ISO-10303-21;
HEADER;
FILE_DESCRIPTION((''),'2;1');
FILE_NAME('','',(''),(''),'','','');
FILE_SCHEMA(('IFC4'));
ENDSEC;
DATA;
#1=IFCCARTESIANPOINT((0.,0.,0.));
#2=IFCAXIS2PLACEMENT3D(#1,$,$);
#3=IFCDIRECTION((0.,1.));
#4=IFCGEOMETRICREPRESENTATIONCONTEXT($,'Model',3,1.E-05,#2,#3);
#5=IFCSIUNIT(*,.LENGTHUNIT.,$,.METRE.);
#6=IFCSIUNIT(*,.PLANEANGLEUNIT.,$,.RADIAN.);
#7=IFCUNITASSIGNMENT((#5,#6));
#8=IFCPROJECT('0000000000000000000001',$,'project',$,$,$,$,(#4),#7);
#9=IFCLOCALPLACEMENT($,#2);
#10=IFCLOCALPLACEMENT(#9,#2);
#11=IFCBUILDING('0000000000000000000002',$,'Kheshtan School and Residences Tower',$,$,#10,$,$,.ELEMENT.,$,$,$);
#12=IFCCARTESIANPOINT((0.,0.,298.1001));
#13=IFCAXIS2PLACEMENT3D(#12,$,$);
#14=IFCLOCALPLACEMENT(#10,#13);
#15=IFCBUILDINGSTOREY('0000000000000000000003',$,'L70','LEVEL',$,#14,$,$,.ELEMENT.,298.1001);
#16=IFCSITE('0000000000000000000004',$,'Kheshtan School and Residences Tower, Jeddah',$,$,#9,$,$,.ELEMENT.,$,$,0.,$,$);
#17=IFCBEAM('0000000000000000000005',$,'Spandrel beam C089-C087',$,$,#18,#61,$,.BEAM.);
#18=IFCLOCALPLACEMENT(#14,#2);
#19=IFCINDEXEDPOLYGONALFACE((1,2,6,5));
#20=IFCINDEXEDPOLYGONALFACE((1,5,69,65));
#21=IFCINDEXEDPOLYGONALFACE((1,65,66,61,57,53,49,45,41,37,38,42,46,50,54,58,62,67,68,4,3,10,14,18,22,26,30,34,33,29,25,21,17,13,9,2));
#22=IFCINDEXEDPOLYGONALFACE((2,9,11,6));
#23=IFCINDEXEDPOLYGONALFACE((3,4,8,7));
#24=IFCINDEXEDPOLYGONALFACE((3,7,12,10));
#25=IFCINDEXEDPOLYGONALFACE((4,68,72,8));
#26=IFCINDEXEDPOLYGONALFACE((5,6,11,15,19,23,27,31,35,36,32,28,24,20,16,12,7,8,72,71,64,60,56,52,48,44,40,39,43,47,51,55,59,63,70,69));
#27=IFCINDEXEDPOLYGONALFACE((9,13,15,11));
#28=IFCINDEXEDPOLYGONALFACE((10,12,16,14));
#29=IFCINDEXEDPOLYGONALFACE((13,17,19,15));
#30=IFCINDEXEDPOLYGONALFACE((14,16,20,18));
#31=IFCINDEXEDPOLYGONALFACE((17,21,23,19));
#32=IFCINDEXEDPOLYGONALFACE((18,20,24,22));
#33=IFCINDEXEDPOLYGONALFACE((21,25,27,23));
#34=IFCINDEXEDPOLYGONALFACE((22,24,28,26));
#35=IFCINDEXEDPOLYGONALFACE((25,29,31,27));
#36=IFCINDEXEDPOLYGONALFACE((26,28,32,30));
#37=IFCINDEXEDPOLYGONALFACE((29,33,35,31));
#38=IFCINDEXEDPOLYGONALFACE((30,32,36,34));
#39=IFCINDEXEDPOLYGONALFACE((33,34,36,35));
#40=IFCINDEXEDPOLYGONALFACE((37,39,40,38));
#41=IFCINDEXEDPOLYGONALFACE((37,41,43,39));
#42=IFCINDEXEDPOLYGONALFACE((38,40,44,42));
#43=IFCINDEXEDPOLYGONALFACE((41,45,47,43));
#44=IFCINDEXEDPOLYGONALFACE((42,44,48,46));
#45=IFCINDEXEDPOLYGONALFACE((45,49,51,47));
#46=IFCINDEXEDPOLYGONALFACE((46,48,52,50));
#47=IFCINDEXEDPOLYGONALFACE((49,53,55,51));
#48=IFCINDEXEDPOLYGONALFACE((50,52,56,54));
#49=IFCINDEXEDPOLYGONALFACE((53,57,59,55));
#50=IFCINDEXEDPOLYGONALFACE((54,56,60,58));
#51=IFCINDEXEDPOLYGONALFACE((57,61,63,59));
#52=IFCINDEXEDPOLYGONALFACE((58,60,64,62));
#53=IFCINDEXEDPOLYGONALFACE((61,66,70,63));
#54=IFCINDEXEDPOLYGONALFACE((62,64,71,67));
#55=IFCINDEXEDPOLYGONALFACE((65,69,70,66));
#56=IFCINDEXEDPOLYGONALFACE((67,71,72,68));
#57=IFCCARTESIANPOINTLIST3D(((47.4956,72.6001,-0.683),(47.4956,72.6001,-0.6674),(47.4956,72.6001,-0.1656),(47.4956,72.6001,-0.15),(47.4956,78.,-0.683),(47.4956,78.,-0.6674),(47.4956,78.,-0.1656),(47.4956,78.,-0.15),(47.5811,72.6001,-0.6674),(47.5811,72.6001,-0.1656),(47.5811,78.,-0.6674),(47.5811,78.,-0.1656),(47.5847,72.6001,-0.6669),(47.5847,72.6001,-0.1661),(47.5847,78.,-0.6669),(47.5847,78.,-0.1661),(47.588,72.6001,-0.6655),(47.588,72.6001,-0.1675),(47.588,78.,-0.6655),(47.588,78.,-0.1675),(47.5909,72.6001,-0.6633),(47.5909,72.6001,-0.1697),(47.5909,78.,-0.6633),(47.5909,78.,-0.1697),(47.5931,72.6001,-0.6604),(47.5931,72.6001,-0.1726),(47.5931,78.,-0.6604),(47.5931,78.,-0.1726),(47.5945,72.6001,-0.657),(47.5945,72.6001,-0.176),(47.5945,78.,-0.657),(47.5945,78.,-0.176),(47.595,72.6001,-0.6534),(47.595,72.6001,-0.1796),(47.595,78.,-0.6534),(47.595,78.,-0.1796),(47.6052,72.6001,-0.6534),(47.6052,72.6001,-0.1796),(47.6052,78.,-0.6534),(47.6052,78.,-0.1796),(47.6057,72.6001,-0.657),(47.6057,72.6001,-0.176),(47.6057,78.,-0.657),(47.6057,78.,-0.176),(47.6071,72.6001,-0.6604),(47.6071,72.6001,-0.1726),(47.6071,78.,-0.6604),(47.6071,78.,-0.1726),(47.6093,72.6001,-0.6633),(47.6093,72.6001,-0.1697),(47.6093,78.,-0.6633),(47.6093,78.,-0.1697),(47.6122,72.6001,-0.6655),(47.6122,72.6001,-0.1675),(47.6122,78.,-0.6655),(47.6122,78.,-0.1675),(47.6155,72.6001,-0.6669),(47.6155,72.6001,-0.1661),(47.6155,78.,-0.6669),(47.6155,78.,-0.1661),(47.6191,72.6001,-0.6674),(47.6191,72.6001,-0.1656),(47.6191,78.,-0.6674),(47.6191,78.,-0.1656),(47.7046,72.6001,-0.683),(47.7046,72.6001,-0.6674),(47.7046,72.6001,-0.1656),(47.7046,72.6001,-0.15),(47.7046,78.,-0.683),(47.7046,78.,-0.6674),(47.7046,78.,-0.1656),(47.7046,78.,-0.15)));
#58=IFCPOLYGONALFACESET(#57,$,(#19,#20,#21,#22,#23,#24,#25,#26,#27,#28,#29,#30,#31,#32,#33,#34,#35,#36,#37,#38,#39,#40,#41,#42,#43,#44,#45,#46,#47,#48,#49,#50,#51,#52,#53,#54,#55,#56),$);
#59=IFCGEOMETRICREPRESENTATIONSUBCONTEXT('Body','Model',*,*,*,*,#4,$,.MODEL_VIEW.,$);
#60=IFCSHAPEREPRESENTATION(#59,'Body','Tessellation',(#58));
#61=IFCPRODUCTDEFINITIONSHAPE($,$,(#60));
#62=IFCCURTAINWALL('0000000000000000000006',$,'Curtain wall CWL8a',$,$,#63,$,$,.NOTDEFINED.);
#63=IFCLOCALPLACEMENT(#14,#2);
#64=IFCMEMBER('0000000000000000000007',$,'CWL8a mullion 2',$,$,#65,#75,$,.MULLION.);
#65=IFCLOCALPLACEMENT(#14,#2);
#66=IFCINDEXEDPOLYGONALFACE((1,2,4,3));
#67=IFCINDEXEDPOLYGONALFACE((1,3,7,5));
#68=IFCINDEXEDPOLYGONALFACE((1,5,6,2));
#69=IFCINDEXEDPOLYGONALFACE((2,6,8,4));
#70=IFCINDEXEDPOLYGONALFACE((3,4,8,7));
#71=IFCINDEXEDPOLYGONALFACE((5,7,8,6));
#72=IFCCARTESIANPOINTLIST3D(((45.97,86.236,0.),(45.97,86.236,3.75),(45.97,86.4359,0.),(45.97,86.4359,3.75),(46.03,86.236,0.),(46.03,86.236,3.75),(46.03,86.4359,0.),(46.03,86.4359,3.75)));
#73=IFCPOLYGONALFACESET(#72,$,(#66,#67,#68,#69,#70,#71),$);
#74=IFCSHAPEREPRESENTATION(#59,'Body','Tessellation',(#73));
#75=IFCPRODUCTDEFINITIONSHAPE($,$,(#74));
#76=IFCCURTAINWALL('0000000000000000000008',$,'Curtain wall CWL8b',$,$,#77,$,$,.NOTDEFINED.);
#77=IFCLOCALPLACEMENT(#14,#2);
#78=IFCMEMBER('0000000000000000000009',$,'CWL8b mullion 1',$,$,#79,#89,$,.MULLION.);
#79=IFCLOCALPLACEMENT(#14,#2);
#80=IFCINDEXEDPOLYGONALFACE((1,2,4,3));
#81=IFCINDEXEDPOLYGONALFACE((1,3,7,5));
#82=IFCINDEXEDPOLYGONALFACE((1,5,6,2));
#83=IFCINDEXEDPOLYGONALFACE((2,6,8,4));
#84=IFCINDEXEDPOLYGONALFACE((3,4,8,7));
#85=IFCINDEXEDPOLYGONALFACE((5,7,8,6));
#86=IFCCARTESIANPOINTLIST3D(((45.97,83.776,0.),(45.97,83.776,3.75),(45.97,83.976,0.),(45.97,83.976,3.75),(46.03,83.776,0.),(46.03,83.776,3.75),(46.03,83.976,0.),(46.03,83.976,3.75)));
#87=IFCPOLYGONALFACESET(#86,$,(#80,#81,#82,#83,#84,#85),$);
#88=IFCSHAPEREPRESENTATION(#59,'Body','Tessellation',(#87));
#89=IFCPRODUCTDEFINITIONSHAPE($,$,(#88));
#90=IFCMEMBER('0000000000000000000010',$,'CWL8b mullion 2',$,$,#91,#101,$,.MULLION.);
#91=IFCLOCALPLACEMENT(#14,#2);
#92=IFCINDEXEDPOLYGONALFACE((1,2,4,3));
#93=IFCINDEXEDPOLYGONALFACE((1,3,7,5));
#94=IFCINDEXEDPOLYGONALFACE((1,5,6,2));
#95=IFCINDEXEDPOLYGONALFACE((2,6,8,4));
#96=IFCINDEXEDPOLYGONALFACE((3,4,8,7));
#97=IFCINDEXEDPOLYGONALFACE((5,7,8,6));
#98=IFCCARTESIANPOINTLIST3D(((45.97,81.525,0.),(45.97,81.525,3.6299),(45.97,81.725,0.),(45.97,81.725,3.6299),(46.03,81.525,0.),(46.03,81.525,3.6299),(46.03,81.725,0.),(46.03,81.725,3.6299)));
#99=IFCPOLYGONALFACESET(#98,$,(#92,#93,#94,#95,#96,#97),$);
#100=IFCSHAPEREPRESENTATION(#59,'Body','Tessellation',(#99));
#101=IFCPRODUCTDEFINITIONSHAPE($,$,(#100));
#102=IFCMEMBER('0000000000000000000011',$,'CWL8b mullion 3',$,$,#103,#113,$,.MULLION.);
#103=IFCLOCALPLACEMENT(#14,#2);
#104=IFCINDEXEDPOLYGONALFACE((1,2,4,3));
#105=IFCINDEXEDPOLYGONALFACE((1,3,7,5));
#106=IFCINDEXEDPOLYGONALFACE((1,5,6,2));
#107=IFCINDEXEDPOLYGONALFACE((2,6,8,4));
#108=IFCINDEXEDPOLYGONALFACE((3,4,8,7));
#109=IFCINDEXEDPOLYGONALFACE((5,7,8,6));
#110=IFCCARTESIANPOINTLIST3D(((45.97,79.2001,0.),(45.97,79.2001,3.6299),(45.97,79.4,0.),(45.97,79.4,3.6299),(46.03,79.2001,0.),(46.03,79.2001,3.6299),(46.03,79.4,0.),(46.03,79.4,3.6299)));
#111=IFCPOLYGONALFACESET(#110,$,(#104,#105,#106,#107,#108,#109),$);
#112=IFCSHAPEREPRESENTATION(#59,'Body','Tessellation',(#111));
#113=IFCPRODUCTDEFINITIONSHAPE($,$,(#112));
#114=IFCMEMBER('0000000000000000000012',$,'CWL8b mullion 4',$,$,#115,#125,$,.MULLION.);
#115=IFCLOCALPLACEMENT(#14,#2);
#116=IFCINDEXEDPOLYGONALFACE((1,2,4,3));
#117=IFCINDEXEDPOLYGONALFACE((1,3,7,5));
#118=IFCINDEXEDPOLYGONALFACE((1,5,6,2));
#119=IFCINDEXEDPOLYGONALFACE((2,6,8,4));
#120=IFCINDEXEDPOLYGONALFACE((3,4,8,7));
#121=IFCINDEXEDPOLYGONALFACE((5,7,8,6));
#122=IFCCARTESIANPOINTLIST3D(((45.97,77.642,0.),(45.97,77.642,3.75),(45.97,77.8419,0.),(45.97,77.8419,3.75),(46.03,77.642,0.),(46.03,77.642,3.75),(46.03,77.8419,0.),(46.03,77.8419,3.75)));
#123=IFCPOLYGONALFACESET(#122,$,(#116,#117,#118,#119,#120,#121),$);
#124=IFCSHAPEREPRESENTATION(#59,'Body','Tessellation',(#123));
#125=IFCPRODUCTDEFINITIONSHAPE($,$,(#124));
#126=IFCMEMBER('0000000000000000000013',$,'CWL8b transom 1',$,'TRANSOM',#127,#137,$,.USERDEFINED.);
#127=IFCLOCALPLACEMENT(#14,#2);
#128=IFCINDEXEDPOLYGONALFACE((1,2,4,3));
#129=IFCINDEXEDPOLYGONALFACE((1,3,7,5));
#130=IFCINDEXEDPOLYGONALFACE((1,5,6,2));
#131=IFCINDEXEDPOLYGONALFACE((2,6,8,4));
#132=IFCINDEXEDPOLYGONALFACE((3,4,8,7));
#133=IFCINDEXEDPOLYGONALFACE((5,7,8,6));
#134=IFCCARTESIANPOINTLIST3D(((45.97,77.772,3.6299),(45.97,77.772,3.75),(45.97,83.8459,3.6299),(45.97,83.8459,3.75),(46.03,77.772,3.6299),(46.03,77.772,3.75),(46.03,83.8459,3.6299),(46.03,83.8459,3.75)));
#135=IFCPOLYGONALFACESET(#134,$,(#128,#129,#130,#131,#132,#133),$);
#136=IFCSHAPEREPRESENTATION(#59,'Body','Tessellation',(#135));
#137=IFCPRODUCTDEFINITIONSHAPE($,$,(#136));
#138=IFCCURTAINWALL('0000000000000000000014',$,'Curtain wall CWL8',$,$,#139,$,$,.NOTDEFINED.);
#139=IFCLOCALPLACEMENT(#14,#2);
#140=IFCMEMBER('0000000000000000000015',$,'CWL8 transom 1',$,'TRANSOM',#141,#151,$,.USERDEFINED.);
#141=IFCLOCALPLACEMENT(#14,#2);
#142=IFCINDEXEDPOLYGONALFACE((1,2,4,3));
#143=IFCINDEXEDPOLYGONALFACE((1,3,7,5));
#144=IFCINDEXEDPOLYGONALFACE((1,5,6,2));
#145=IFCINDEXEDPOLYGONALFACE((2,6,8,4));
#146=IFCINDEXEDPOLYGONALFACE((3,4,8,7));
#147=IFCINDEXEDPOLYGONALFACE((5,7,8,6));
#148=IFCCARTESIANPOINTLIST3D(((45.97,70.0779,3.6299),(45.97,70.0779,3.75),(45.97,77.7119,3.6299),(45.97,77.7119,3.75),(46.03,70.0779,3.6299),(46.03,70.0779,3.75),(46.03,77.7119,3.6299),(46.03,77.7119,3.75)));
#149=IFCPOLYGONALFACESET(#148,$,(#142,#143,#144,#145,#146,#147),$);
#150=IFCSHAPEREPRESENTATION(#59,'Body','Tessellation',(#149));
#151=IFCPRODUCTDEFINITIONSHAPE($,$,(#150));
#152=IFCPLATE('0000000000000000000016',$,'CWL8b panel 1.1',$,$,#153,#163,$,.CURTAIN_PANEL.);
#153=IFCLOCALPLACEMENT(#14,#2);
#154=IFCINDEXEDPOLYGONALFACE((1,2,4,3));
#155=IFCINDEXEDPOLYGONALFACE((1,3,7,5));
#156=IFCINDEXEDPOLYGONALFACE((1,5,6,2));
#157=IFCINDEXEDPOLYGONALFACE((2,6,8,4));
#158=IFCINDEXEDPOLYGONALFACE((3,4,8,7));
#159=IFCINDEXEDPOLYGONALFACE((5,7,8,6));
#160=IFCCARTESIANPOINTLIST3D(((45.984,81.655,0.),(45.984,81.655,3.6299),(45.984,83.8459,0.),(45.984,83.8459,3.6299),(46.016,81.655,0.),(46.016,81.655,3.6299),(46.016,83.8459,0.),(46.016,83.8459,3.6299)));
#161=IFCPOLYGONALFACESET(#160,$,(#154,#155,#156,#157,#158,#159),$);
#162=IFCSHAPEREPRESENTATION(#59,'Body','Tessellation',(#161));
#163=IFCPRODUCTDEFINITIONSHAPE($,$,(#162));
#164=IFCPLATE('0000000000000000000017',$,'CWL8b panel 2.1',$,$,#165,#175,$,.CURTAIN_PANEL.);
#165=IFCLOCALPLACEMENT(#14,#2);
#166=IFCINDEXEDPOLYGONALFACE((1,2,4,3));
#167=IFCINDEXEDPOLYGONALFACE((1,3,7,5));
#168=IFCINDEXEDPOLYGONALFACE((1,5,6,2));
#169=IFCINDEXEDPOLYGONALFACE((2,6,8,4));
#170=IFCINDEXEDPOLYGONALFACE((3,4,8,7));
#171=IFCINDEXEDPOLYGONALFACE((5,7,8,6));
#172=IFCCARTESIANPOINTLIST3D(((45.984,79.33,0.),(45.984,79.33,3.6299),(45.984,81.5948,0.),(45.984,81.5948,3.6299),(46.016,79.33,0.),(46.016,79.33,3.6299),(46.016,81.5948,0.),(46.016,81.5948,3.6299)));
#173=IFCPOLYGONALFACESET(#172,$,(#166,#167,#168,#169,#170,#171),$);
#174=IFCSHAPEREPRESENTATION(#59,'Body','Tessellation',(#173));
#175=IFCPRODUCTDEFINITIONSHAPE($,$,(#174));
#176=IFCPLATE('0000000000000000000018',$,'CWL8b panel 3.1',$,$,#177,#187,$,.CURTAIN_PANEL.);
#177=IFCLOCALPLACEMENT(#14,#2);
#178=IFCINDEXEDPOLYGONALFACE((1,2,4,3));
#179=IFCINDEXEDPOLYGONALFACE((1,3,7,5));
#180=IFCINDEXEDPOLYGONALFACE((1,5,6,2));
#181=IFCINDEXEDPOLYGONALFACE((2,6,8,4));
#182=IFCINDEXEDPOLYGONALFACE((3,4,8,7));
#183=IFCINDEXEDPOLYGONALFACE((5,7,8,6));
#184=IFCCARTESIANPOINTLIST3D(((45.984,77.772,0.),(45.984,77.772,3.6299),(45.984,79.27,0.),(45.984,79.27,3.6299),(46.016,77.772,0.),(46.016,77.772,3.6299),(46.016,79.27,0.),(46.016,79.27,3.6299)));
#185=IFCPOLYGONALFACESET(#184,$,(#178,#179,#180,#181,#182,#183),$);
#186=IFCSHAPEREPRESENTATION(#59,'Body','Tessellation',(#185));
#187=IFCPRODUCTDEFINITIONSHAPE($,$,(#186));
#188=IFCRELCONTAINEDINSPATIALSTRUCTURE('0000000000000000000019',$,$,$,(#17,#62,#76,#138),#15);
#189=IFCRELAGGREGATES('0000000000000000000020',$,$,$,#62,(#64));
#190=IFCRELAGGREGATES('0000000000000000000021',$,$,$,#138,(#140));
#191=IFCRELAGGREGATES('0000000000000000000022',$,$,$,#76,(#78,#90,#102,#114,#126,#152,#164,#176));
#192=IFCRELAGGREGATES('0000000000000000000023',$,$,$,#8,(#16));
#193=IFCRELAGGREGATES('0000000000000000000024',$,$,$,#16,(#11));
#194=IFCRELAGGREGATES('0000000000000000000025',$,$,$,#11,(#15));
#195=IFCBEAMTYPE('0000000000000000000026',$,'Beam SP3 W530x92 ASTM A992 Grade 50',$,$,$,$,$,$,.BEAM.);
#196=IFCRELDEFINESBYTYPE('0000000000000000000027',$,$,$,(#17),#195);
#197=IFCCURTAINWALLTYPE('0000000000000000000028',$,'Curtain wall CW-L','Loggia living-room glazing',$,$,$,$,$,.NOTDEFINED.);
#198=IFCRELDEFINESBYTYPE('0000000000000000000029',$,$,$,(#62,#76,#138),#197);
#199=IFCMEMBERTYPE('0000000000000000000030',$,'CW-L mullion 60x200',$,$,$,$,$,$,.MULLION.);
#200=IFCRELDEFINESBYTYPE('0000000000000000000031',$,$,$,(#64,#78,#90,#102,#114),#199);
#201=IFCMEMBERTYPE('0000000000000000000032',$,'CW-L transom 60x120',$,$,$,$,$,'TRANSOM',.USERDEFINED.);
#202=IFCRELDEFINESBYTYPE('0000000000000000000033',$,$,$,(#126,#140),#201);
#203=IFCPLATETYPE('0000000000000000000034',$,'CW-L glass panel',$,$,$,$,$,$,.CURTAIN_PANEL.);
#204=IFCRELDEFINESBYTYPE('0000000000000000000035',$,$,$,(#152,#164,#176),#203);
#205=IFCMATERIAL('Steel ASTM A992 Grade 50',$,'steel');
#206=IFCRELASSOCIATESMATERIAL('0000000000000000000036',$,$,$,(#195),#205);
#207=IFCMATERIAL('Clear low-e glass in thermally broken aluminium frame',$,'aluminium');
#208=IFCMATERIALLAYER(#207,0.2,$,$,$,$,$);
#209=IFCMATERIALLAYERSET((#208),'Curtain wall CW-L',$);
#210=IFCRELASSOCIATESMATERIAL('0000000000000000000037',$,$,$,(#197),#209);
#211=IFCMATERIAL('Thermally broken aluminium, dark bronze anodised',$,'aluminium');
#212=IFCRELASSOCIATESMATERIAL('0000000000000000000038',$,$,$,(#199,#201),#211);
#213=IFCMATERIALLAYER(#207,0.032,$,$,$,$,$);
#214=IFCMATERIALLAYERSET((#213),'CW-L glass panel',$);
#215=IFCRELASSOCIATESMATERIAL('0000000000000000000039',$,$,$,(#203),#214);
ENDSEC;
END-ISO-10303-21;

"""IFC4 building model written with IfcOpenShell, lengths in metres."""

from ifc_helpers import new_model, si_unit, direction, frame, origin, origin_2d, place, context, subcontext, project, spatial, rectangle, i_section, extrude, material, layer, layer_set, material_profile, profile_set, type_object, element, aggregate, save


model = new_model("IFC4")

# Units and contexts
model_context = context("Model", 3, precision=1e-05, world=origin(), true_north=direction((0.0, 1.0)))
body_context = subcontext(model_context, "Body", "Model", "MODEL_VIEW")
ifc_project = project(units=[si_unit("LENGTHUNIT", "METRE"), si_unit("PLANEANGLEUNIT", "RADIAN")], contexts=[model_context])

# Site, building, storey
site_placement = place(None, origin())
site = spatial("IfcSite", under=ifc_project, at=site_placement, Name="Kheshtan School and Residences Tower, Jeddah", CompositionType="ELEMENT", RefElevation=0.0)
building_placement = place(site_placement, origin())
building = spatial("IfcBuilding", under=site, at=building_placement, Name="Kheshtan School and Residences Tower", CompositionType="ELEMENT")
storey_placement = place(building_placement, frame((0.0, 0.0, 298.1001)))
storey = spatial("IfcBuildingStorey", under=building, at=storey_placement, Name="L70", Description="LEVEL", CompositionType="ELEMENT", Elevation=298.1001)

# Shared definitions
ifc_material_1 = material(Name="Steel ASTM A992 Grade 50", Category="steel")

# Beam
ifc_material_profile_1 = material_profile(ifc_material_1, i_section(OverallWidth=0.209, OverallDepth=0.533, WebThickness=0.0103, FlangeThickness=0.0156, FilletRadius=0.0139, at=origin_2d()), Name="W530x92")
ifc_profile_set_1 = profile_set([ifc_material_profile_1], Name="Steel ASTM A992 Grade 50")
beam_type_1 = type_object("IfcBeamType", Name="Beam SP3 W530x92 ASTM A992 Grade 50", PredefinedType="BEAM", material=ifc_profile_set_1)
for number, where, z_axis, x_axis, name in (
    (1, (47.6001, 78.0, -0.4165), (0.0, -1.0, 0.0), (1.0, 0.0, 0.0), "Spandrel beam C089-C087"),
):
    element("IfcBeam", number, at=place(storey_placement, frame(where, z_axis=z_axis, x_axis=x_axis)), inside=storey, type_object=beam_type_1, Name=name, PredefinedType="BEAM", context=body_context, shape_type="SweptSolid", body=[
        extrude(i_section(OverallWidth=0.209, OverallDepth=0.533, WebThickness=0.0103, FlangeThickness=0.0156, FilletRadius=0.0139, at=origin_2d()), origin(), (0.0, 0.0, 1.0), 5.3999),
    ])

# Curtain wall, member
ifc_material_2 = material(Name="Clear low-e glass in thermally broken aluminium frame", Category="aluminium")
ifc_layer_1 = layer(ifc_material_2, 0.2)
ifc_layer_set_1 = layer_set([ifc_layer_1], Name="Curtain wall CW-L")
curtain_wall_type = type_object("IfcCurtainWallType", Name="Curtain wall CW-L", Description="Loggia living-room glazing", PredefinedType="NOTDEFINED", material=ifc_layer_set_1)
curtain_wall_1_placement = place(storey_placement, origin())
curtain_wall_1 = element("IfcCurtainWall", 2, at=curtain_wall_1_placement, inside=storey, type_object=curtain_wall_type, Name="Curtain wall CWL8a", PredefinedType="NOTDEFINED")
ifc_material_3 = material(Name="Thermally broken aluminium, dark bronze anodised", Category="aluminium")
ifc_material_profile_2 = material_profile(ifc_material_3, rectangle(XDim=0.0601, YDim=0.2, at=origin_2d()), Name="CW-L mullion 60x200")
ifc_profile_set_2 = profile_set([ifc_material_profile_2], Name="Thermally broken aluminium, dark bronze anodised")
member_type_1 = type_object("IfcMemberType", Name="CW-L mullion 60x200", PredefinedType="MULLION", material=ifc_profile_set_2)
member_1_placement = place(storey_placement, frame((46.0, 86.3359, 0.0), z_axis=(0.0, 0.0, 1.0), x_axis=(1.0, 0.0, 0.0)))
member_1 = element("IfcMember", 3, at=member_1_placement, type_object=member_type_1, Name="CWL8a mullion 2", PredefinedType="MULLION", context=body_context, shape_type="SweptSolid", body=[
    extrude(rectangle(XDim=0.0601, YDim=0.2, at=origin_2d()), origin(), (0.0, 0.0, 1.0), 3.75),
])
aggregate(curtain_wall_1, [member_1])

# Curtain wall, members
curtain_wall_2_placement = place(storey_placement, origin())
curtain_wall_2 = element("IfcCurtainWall", 4, at=curtain_wall_2_placement, inside=storey, type_object=curtain_wall_type, Name="Curtain wall CWL8b", PredefinedType="NOTDEFINED")
member_2_placement = place(storey_placement, frame((46.0, 83.876, 0.0), z_axis=(0.0, 0.0, 1.0), x_axis=(1.0, 0.0, 0.0)))
member_2 = element("IfcMember", 5, at=member_2_placement, type_object=member_type_1, Name="CWL8b mullion 1", PredefinedType="MULLION", context=body_context, shape_type="SweptSolid", body=[
    extrude(rectangle(XDim=0.0601, YDim=0.2, at=origin_2d()), origin(), (0.0, 0.0, 1.0), 3.75),
])
member_3_placement = place(storey_placement, frame((46.0, 81.625, 0.0), z_axis=(0.0, 0.0, 1.0), x_axis=(1.0, 0.0, 0.0)))
member_3 = element("IfcMember", 6, at=member_3_placement, type_object=member_type_1, Name="CWL8b mullion 2", PredefinedType="MULLION", context=body_context, shape_type="SweptSolid", body=[
    extrude(rectangle(XDim=0.0601, YDim=0.2, at=origin_2d()), origin(), (0.0, 0.0, 1.0), 3.6299),
])
member_4_placement = place(storey_placement, frame((46.0, 79.3, 0.0), z_axis=(0.0, 0.0, 1.0), x_axis=(1.0, 0.0, 0.0)))
member_4 = element("IfcMember", 7, at=member_4_placement, type_object=member_type_1, Name="CWL8b mullion 3", PredefinedType="MULLION", context=body_context, shape_type="SweptSolid", body=[
    extrude(rectangle(XDim=0.0601, YDim=0.2, at=origin_2d()), origin(), (0.0, 0.0, 1.0), 3.6299),
])
member_5_placement = place(storey_placement, frame((46.0, 77.7419, 0.0), z_axis=(0.0, 0.0, 1.0), x_axis=(1.0, 0.0, 0.0)))
member_5 = element("IfcMember", 8, at=member_5_placement, type_object=member_type_1, Name="CWL8b mullion 4", PredefinedType="MULLION", context=body_context, shape_type="SweptSolid", body=[
    extrude(rectangle(XDim=0.0601, YDim=0.2, at=origin_2d()), origin(), (0.0, 0.0, 1.0), 3.75),
])
ifc_material_profile_3 = material_profile(ifc_material_3, rectangle(XDim=0.0601, YDim=0.1201, at=origin_2d()), Name="CW-L transom 60x120")
ifc_profile_set_3 = profile_set([ifc_material_profile_3], Name="Thermally broken aluminium, dark bronze anodised")
member_type_2 = type_object("IfcMemberType", Name="CW-L transom 60x120", ElementType="TRANSOM", PredefinedType="USERDEFINED", material=ifc_profile_set_3)
member_6_placement = place(storey_placement, frame((46.0, 83.8459, 3.6899), z_axis=(0.0, -1.0, 0.0), x_axis=(1.0, 0.0, 0.0)))
member_6 = element("IfcMember", 9, at=member_6_placement, type_object=member_type_2, Name="CWL8b transom 1", ObjectType="TRANSOM", PredefinedType="USERDEFINED", context=body_context, shape_type="SweptSolid", body=[
    extrude(rectangle(XDim=0.0601, YDim=0.1201, at=origin_2d()), origin(), (0.0, 0.0, 1.0), 6.074),
])

# Curtain wall, member
curtain_wall_3_placement = place(storey_placement, origin())
curtain_wall_3 = element("IfcCurtainWall", 10, at=curtain_wall_3_placement, inside=storey, type_object=curtain_wall_type, Name="Curtain wall CWL8", PredefinedType="NOTDEFINED")
member_7_placement = place(storey_placement, frame((46.0, 77.7119, 3.6899), z_axis=(0.0, -1.0, 0.0), x_axis=(1.0, 0.0, 0.0)))
member_7 = element("IfcMember", 11, at=member_7_placement, type_object=member_type_2, Name="CWL8 transom 1", ObjectType="TRANSOM", PredefinedType="USERDEFINED", context=body_context, shape_type="SweptSolid", body=[
    extrude(rectangle(XDim=0.0601, YDim=0.1201, at=origin_2d()), origin(), (0.0, 0.0, 1.0), 7.634),
])
aggregate(curtain_wall_3, [member_7])

# Plates
ifc_layer_2 = layer(ifc_material_2, 0.032)
ifc_layer_set_2 = layer_set([ifc_layer_2], Name="CW-L glass panel")
plate_type = type_object("IfcPlateType", Name="CW-L glass panel", PredefinedType="CURTAIN_PANEL", material=ifc_layer_set_2)
plate_1_placement = place(storey_placement, frame((46.0, 82.7505, 0.0), z_axis=(0.0, 0.0, 1.0), x_axis=(0.0, -1.0, 0.0)))
plate_1 = element("IfcPlate", 12, at=plate_1_placement, type_object=plate_type, Name="CWL8b panel 1.1", PredefinedType="CURTAIN_PANEL", context=body_context, shape_type="SweptSolid", body=[
    extrude(rectangle(XDim=2.1909, YDim=0.032, at=origin_2d()), origin(), (0.0, 0.0, 1.0), 3.6299),
])
plate_2_placement = place(storey_placement, frame((46.0, 80.4624, 0.0), z_axis=(0.0, 0.0, 1.0), x_axis=(0.0, -1.0, 0.0)))
plate_2 = element("IfcPlate", 13, at=plate_2_placement, type_object=plate_type, Name="CWL8b panel 2.1", PredefinedType="CURTAIN_PANEL", context=body_context, shape_type="SweptSolid", body=[
    extrude(rectangle(XDim=2.2649, YDim=0.032, at=origin_2d()), origin(), (0.0, 0.0, 1.0), 3.6299),
])
plate_3_placement = place(storey_placement, frame((46.0, 78.521, 0.0), z_axis=(0.0, 0.0, 1.0), x_axis=(0.0, -1.0, 0.0)))
plate_3 = element("IfcPlate", 14, at=plate_3_placement, type_object=plate_type, Name="CWL8b panel 3.1", PredefinedType="CURTAIN_PANEL", context=body_context, shape_type="SweptSolid", body=[
    extrude(rectangle(XDim=1.498, YDim=0.032, at=origin_2d()), origin(), (0.0, 0.0, 1.0), 3.6299),
])
aggregate(curtain_wall_2, [member_2, member_3, member_4, member_5, member_6, plate_1, plate_2, plate_3])

save(model, "model.ifc")
